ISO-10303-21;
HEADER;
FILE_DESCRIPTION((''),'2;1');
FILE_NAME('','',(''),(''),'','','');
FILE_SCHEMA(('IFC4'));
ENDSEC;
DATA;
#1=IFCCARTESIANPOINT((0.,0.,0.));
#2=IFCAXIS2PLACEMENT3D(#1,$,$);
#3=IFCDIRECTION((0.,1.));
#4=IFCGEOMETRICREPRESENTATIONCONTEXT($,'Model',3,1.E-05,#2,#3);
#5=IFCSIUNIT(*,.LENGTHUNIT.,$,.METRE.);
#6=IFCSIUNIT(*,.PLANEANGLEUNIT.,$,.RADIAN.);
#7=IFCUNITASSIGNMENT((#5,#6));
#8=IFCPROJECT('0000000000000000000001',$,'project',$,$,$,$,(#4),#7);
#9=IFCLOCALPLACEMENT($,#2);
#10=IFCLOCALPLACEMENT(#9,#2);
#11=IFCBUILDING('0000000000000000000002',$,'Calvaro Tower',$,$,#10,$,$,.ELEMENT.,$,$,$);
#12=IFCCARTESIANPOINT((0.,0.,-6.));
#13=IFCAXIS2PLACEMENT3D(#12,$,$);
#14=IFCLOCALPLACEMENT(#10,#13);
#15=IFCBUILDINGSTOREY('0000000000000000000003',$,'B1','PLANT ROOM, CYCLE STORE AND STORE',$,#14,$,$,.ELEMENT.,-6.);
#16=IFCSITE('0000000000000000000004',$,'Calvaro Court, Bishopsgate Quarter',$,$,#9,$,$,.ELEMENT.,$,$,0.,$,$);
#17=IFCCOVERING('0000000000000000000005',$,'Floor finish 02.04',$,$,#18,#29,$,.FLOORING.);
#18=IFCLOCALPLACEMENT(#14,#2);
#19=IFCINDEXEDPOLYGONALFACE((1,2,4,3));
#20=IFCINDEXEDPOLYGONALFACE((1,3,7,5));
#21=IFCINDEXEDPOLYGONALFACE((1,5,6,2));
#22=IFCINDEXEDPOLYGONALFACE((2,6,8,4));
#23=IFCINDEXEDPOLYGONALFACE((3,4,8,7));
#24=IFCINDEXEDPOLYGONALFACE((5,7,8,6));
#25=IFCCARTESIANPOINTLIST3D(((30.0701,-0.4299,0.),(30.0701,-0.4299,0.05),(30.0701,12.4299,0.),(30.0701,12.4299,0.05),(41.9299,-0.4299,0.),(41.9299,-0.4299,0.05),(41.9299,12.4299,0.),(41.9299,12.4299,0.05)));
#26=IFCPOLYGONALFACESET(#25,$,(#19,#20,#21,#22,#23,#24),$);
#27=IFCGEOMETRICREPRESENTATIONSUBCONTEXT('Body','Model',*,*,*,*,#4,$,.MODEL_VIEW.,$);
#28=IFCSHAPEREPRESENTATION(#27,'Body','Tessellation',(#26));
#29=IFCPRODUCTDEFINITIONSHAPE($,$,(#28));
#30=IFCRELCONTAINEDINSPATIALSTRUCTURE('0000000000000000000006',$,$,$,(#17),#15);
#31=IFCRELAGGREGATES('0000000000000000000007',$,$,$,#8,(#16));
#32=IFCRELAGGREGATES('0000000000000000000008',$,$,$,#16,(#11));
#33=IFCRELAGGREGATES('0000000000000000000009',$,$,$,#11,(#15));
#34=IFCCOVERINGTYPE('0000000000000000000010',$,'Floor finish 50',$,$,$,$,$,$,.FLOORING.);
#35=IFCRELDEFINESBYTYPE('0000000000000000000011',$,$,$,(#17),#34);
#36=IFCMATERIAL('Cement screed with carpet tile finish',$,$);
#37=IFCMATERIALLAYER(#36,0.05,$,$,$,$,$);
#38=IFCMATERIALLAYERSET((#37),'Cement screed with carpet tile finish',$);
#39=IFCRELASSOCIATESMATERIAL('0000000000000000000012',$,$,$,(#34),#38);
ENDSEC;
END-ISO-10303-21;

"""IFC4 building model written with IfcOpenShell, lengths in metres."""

from ifc_helpers import new_model, si_unit, direction, frame, origin, place, context, subcontext, project, spatial, polyline, outline, extrude, material, layer, layer_set, type_object, element, save


model = new_model("IFC4")

# Units and contexts
model_context = context("Model", 3, precision=1e-05, world=origin(), true_north=direction((0.0, 1.0)))
body_context = subcontext(model_context, "Body", "Model", "MODEL_VIEW")
ifc_project = project(units=[si_unit("LENGTHUNIT", "METRE"), si_unit("PLANEANGLEUNIT", "RADIAN")], contexts=[model_context])

# Site, building, storey
site_placement = place(None, origin())
site = spatial("IfcSite", under=ifc_project, at=site_placement, Name="Calvaro Court, Bishopsgate Quarter", CompositionType="ELEMENT", RefElevation=0.0)
building_placement = place(site_placement, origin())
building = spatial("IfcBuilding", under=site, at=building_placement, Name="Calvaro Tower", CompositionType="ELEMENT")
storey_placement = place(building_placement, frame((0.0, 0.0, -6.0)))
storey = spatial("IfcBuildingStorey", under=building, at=storey_placement, Name="B1", Description="PLANT ROOM, CYCLE STORE AND STORE", CompositionType="ELEMENT", Elevation=-6.0)

# Covering
ifc_material_1 = material(Name="Cement screed with carpet tile finish")
ifc_layer_1 = layer(ifc_material_1, 0.05)
ifc_layer_set_1 = layer_set([ifc_layer_1], Name="Cement screed with carpet tile finish")
covering_type = type_object("IfcCoveringType", Name="Floor finish 50", PredefinedType="FLOORING", material=ifc_layer_set_1)
covering_1_placement = place(storey_placement, origin())
element("IfcCovering", 1, at=covering_1_placement, inside=storey, type_object=covering_type, Name="Floor finish 02.04", PredefinedType="FLOORING", context=body_context, shape_type="SweptSolid", body=[
    extrude(outline(polyline([(30.0701, 12.4299), (41.9299, 12.4299), (41.9299, -0.4299), (30.0701, -0.4299), (30.0701, 12.4299)])), origin(), (0.0, 0.0, 1.0), 0.05),
])

save(model, "model.ifc")
